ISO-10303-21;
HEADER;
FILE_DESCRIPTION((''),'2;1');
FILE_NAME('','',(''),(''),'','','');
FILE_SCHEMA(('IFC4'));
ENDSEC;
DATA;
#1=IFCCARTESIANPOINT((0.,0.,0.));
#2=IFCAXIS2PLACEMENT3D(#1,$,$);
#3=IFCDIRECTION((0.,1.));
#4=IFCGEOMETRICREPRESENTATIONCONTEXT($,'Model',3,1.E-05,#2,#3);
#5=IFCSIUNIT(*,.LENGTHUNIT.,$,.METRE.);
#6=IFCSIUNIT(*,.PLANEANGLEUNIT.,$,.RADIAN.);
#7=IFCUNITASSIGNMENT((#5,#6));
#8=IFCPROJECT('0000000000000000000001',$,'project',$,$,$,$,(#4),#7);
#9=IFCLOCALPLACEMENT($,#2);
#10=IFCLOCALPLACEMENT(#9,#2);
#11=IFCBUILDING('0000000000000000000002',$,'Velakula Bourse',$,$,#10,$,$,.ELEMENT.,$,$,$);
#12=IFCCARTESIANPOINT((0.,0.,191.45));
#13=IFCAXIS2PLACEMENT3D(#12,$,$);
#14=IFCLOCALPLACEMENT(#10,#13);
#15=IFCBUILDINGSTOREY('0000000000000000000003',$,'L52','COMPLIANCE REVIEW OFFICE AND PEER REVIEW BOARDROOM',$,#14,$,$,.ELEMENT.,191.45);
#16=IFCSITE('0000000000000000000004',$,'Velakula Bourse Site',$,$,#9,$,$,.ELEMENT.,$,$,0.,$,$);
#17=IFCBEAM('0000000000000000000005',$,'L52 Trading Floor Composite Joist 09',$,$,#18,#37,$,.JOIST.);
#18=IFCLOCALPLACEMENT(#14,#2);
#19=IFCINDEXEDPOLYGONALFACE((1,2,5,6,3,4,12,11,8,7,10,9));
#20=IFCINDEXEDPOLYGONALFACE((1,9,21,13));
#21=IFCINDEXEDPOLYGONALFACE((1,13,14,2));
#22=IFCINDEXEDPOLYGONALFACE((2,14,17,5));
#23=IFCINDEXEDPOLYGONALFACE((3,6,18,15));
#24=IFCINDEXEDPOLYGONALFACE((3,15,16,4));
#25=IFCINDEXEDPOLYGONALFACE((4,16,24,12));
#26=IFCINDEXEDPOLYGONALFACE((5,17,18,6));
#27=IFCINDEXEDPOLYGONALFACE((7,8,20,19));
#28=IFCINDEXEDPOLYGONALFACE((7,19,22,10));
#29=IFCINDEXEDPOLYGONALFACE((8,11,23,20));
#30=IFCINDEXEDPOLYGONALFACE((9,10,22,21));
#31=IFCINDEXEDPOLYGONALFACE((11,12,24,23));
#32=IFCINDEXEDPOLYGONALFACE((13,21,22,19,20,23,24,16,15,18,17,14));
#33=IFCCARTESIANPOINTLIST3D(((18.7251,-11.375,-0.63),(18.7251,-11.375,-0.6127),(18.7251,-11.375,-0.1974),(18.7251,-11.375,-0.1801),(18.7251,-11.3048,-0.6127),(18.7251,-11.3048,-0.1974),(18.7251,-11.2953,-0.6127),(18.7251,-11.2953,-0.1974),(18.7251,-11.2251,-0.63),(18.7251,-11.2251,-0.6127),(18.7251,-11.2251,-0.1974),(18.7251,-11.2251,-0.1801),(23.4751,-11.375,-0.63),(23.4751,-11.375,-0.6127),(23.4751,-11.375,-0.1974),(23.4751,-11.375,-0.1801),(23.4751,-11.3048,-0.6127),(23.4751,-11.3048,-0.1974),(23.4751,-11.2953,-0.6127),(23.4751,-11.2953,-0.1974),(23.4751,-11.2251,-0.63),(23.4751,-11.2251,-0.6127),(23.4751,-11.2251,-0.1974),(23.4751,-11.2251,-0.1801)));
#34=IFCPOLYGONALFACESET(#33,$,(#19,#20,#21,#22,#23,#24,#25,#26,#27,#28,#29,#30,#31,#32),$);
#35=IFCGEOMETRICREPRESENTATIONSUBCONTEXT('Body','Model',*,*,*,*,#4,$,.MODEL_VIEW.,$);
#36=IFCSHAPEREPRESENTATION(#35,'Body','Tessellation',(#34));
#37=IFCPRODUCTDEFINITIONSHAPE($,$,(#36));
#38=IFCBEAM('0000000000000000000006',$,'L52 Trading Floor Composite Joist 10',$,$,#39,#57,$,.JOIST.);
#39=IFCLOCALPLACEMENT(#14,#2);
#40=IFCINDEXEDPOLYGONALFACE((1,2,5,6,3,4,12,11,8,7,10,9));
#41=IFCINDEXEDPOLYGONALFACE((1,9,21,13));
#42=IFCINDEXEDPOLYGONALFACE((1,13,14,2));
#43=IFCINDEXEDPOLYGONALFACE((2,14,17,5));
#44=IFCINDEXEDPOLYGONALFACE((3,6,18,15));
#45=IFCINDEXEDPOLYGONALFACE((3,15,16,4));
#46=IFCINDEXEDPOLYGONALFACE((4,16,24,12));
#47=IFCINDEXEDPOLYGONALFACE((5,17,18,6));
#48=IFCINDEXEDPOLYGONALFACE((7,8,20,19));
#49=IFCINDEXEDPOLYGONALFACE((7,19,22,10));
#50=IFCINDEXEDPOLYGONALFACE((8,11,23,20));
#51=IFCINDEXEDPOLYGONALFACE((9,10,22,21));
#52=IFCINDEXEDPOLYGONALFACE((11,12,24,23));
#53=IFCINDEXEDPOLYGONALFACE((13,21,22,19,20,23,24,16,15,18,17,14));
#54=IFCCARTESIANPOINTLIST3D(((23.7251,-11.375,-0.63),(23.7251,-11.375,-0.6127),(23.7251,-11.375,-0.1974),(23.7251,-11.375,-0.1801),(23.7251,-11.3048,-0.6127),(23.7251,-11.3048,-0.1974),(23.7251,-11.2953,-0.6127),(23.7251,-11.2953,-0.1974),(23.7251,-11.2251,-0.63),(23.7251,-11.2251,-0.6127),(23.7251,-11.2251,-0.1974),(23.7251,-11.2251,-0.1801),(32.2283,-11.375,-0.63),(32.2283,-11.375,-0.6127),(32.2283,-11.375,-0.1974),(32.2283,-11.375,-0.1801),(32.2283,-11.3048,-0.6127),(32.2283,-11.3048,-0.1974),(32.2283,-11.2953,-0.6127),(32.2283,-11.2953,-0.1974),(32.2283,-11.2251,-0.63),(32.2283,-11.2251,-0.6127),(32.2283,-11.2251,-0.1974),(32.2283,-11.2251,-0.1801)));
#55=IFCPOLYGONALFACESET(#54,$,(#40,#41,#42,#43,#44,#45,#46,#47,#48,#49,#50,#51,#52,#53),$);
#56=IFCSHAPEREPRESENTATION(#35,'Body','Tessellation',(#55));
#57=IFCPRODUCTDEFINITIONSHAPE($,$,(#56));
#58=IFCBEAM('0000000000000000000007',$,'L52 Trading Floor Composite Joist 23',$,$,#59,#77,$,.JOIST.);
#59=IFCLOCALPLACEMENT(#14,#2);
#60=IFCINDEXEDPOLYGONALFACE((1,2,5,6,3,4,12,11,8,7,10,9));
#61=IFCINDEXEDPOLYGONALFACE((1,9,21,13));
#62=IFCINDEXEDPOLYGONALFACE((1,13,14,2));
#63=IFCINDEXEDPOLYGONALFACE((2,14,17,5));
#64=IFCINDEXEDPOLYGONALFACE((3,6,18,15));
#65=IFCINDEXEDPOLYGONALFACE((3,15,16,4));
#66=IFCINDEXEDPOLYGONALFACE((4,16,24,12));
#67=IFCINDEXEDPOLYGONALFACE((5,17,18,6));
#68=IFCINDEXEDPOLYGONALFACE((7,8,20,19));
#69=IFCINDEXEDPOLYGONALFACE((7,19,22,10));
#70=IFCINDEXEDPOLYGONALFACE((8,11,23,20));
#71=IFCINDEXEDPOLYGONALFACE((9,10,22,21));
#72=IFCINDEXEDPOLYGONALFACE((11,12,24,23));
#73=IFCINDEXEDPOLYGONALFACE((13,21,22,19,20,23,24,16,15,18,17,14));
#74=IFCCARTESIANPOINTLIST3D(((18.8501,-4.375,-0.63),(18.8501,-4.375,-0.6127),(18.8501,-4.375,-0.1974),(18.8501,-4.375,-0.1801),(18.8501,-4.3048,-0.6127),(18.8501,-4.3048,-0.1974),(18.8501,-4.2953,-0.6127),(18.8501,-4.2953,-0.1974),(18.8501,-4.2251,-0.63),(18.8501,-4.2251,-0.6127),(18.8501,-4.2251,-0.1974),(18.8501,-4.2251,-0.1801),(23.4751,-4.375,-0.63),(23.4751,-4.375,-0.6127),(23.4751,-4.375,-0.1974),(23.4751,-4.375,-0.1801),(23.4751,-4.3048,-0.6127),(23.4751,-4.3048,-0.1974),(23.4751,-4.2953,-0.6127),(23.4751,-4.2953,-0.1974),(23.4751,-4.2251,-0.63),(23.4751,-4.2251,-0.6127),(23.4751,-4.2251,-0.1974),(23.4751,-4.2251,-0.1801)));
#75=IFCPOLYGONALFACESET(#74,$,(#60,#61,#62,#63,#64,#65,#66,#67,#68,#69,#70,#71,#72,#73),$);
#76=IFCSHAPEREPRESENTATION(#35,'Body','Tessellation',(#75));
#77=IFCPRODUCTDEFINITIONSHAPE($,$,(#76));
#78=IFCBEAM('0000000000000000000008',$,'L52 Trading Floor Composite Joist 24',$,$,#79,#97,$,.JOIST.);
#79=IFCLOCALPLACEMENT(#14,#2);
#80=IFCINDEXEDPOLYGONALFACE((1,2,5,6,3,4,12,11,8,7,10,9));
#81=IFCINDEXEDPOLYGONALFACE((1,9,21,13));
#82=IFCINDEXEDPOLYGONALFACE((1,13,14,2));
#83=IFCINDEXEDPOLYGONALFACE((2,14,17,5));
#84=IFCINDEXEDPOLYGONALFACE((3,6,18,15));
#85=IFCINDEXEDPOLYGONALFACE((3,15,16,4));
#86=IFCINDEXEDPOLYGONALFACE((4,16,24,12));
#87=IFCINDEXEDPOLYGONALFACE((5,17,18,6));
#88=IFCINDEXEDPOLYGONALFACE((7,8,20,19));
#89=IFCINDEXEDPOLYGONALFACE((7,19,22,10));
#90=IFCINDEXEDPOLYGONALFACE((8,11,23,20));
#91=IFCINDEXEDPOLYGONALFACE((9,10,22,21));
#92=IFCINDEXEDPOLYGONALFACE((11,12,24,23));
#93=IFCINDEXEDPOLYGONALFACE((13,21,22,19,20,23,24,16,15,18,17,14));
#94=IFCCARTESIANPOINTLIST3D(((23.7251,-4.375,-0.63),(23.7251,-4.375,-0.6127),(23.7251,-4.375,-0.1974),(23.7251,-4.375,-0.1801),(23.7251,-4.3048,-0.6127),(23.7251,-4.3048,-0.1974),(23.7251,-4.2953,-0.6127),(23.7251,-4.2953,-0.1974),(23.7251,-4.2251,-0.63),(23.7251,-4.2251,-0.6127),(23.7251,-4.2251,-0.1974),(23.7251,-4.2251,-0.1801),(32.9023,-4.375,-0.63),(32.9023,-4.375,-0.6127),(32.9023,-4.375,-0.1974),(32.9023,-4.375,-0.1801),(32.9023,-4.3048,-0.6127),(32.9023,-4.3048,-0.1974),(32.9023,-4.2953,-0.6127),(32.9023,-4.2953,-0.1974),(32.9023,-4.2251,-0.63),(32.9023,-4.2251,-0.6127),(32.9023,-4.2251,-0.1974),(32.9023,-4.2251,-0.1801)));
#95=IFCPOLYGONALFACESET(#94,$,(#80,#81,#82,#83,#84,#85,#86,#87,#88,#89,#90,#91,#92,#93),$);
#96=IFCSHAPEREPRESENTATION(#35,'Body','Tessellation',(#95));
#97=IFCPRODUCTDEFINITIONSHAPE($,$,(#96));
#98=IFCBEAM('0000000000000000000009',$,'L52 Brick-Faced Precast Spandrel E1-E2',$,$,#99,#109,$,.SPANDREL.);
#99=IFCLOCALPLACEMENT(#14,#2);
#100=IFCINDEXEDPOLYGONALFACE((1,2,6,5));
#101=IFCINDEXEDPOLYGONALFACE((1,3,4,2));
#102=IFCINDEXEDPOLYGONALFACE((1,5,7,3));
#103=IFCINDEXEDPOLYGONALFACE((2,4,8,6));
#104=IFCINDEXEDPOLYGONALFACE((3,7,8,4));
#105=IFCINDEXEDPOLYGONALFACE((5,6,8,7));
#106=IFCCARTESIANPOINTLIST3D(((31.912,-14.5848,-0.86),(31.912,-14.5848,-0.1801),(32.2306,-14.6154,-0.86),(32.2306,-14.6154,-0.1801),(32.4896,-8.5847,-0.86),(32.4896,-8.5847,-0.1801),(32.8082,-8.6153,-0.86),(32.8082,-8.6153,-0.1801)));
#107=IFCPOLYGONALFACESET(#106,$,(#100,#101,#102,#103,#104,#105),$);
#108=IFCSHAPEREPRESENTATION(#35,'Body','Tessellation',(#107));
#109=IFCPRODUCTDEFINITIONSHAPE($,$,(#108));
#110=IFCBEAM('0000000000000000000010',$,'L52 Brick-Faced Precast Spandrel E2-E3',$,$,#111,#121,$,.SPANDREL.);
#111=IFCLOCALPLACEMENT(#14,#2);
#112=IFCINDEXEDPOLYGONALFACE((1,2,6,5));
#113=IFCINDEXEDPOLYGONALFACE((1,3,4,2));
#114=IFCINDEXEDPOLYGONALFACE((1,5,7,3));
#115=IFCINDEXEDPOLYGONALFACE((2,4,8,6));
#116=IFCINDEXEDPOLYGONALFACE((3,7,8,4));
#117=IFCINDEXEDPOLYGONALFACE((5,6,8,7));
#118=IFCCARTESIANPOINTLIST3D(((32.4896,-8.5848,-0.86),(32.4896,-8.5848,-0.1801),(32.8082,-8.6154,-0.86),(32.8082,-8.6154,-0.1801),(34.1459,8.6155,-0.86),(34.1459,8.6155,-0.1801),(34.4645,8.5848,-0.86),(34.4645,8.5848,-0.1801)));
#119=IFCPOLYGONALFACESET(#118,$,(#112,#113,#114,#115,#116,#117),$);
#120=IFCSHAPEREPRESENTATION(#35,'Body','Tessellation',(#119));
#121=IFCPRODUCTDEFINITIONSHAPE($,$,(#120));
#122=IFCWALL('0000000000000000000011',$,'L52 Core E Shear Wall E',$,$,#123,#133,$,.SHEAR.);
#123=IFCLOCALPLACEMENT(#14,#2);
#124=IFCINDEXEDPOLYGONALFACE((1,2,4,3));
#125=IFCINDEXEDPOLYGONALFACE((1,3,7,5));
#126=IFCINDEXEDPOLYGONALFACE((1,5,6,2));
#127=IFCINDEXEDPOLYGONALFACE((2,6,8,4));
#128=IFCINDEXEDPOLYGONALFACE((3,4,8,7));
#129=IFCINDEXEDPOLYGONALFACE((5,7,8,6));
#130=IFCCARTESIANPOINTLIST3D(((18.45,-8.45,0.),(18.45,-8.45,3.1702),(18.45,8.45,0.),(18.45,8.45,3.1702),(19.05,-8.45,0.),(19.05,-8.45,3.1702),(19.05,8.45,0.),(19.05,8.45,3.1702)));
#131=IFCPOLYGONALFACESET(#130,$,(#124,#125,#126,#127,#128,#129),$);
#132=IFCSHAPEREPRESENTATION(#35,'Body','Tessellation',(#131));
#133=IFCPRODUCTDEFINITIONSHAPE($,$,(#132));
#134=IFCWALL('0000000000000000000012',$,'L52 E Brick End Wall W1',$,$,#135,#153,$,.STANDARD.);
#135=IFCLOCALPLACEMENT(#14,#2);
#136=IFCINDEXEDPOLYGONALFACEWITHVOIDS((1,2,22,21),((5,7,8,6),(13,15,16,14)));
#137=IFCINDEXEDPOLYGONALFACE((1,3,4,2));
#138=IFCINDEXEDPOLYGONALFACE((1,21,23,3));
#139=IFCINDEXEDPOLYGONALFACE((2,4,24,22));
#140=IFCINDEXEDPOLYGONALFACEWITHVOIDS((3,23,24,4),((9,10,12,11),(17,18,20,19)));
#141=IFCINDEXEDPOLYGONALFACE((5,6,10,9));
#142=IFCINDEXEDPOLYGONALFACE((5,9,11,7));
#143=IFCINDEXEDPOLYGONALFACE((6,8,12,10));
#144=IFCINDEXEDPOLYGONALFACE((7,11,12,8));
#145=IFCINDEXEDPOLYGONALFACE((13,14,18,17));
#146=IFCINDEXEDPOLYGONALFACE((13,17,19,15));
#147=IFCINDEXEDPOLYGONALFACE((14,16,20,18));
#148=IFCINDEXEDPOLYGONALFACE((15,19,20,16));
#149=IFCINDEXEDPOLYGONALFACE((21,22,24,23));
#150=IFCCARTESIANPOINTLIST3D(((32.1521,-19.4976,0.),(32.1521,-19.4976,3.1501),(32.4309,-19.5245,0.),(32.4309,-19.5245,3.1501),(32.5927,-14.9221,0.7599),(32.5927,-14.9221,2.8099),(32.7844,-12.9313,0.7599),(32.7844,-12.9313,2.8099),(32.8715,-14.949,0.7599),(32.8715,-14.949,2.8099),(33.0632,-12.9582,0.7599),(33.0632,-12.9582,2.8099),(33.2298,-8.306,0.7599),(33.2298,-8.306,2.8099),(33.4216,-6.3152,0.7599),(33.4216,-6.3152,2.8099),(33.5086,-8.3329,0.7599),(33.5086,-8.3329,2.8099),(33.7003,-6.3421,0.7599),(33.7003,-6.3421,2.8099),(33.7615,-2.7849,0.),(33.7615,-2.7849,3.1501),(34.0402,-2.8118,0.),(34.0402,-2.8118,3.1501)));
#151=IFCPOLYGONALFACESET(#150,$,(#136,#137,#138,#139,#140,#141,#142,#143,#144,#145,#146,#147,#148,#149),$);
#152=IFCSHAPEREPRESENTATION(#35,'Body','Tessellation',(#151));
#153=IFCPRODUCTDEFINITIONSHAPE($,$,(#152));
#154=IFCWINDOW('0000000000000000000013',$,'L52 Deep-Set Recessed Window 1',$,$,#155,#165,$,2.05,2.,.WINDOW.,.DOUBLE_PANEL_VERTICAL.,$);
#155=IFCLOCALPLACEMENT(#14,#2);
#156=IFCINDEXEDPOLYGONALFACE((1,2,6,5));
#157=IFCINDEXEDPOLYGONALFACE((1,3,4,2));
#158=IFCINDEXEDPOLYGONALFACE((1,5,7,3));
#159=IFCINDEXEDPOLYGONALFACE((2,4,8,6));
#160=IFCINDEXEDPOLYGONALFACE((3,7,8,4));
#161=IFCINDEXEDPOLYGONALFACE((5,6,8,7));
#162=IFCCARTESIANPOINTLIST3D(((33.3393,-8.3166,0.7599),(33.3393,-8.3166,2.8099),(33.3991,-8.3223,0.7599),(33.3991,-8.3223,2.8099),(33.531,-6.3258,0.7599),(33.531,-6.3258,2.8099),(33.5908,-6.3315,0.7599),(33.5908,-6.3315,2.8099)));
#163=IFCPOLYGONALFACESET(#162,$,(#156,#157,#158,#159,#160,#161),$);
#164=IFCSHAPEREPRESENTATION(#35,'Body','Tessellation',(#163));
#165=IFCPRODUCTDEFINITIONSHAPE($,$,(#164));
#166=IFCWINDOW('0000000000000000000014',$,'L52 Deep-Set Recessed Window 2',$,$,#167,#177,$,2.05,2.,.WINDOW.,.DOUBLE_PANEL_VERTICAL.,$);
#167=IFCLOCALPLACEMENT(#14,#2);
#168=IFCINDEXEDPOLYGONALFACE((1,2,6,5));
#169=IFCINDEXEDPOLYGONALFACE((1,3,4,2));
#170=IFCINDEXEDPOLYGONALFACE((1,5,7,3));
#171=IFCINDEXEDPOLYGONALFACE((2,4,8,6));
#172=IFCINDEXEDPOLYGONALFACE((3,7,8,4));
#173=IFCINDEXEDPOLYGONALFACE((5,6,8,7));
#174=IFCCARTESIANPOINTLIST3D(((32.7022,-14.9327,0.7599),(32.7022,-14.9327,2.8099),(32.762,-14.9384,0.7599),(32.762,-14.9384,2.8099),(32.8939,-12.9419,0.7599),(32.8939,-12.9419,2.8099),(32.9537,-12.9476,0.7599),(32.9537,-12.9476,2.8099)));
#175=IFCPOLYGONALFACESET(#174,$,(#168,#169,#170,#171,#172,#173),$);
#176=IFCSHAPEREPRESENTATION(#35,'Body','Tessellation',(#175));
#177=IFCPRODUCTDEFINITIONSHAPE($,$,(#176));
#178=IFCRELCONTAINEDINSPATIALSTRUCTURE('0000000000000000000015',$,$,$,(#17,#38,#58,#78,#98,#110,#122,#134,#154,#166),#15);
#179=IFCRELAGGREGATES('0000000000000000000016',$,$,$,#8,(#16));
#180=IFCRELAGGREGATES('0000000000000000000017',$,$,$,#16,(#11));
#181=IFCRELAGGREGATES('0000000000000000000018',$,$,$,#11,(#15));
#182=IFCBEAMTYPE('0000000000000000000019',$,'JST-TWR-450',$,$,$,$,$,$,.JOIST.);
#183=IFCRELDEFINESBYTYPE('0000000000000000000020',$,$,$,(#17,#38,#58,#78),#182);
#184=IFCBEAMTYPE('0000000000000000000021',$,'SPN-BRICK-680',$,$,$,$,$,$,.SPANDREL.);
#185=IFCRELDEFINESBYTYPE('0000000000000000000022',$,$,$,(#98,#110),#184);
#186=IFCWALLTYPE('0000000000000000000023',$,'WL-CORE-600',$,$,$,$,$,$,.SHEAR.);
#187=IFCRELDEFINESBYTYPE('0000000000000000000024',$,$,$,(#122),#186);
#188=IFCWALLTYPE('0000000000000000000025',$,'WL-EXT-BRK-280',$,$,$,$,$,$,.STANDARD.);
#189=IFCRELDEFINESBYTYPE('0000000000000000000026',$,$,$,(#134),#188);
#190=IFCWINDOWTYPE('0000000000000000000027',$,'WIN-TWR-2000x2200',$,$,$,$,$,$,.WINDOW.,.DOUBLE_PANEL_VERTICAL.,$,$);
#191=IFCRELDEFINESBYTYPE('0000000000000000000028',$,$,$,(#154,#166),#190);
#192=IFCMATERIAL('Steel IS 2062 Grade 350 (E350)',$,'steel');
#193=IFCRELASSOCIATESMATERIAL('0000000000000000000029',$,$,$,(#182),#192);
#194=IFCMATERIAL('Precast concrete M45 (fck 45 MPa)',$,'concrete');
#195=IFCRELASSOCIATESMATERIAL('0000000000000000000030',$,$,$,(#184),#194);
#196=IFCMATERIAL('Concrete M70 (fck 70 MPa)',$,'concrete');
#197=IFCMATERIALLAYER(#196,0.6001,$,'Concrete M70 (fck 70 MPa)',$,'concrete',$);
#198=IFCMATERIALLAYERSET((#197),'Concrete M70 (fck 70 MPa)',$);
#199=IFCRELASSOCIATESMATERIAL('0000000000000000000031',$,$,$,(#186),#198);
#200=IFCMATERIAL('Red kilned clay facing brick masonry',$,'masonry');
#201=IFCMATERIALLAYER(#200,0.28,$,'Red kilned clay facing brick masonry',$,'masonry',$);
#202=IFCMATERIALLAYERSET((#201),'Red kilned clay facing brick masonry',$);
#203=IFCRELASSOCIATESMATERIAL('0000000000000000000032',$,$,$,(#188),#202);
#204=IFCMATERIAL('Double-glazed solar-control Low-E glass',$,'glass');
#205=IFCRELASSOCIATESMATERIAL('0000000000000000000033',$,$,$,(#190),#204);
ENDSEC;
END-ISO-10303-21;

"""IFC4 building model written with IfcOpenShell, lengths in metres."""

from ifc_helpers import new_model, si_unit, direction, frame, frame_2d, origin, origin_2d, place, context, subcontext, project, spatial, rectangle, i_section, extrude, material, layer, layer_set, material_profile, profile_set, type_object, element, fill, save


model = new_model("IFC4")

# Units and contexts
model_context = context("Model", 3, precision=1e-05, world=origin(), true_north=direction((0.0, 1.0)))
body_context = subcontext(model_context, "Body", "Model", "MODEL_VIEW")
ifc_project = project(units=[si_unit("LENGTHUNIT", "METRE"), si_unit("PLANEANGLEUNIT", "RADIAN")], contexts=[model_context])

# Site, building, storey
site_placement = place(None, origin())
site = spatial("IfcSite", under=ifc_project, at=site_placement, Name="Velakula Bourse Site", CompositionType="ELEMENT", RefElevation=0.0)
building_placement = place(site_placement, origin())
building = spatial("IfcBuilding", under=site, at=building_placement, Name="Velakula Bourse", CompositionType="ELEMENT")
storey_placement = place(building_placement, frame((0.0, 0.0, 191.45)))
storey = spatial("IfcBuildingStorey", under=building, at=storey_placement, Name="L52", Description="COMPLIANCE REVIEW OFFICE AND PEER REVIEW BOARDROOM", CompositionType="ELEMENT", Elevation=191.45)

# Shared definitions
ifc_material_1 = material(Name="Concrete M70 (fck 70 MPa)", Category="concrete")
ifc_material_2 = material(Name="Steel IS 2062 Grade 350 (E350)", Category="steel")

# Beams
ifc_material_profile_1 = material_profile(ifc_material_2, i_section(OverallWidth=0.1499, OverallDepth=0.45, WebThickness=0.0095, FlangeThickness=0.0173, at=origin_2d()), Name="Steel IS 2062 Grade 350 (E350)")
ifc_profile_set_1 = profile_set([ifc_material_profile_1], Name="Steel IS 2062 Grade 350 (E350)")
beam_type_1 = type_object("IfcBeamType", Name="JST-TWR-450", PredefinedType="JOIST", material=ifc_profile_set_1)
beam_1_placement = place(storey_placement, frame((18.7251, -11.3, -0.405), z_axis=(1.0, 0.0, 0.0), x_axis=(0.0, 1.0, 0.0)))
element("IfcBeam", 1, at=beam_1_placement, inside=storey, type_object=beam_type_1, Name="L52 Trading Floor Composite Joist 09", PredefinedType="JOIST", context=body_context, shape_type="SweptSolid", body=[
    extrude(i_section(OverallWidth=0.1499, OverallDepth=0.45, WebThickness=0.0095, FlangeThickness=0.0173, at=origin_2d()), origin(), (0.0, 0.0, 1.0), 4.75),
])
beam_2_placement = place(storey_placement, frame((23.7251, -11.3, -0.405), z_axis=(1.0, 0.0, 0.0), x_axis=(0.0, 1.0, 0.0)))
element("IfcBeam", 2, at=beam_2_placement, inside=storey, type_object=beam_type_1, Name="L52 Trading Floor Composite Joist 10", PredefinedType="JOIST", context=body_context, shape_type="SweptSolid", body=[
    extrude(i_section(OverallWidth=0.1499, OverallDepth=0.45, WebThickness=0.0095, FlangeThickness=0.0173, at=origin_2d()), origin(), (0.0, 0.0, 1.0), 8.5032),
])
beam_3_placement = place(storey_placement, frame((18.8501, -4.3, -0.405), z_axis=(1.0, 0.0, 0.0), x_axis=(0.0, 1.0, 0.0)))
element("IfcBeam", 3, at=beam_3_placement, inside=storey, type_object=beam_type_1, Name="L52 Trading Floor Composite Joist 23", PredefinedType="JOIST", context=body_context, shape_type="SweptSolid", body=[
    extrude(i_section(OverallWidth=0.1499, OverallDepth=0.45, WebThickness=0.0095, FlangeThickness=0.0173, at=origin_2d()), origin(), (0.0, 0.0, 1.0), 4.625),
])
beam_4_placement = place(storey_placement, frame((23.7251, -4.3, -0.405), z_axis=(1.0, 0.0, 0.0), x_axis=(0.0, 1.0, 0.0)))
element("IfcBeam", 4, at=beam_4_placement, inside=storey, type_object=beam_type_1, Name="L52 Trading Floor Composite Joist 24", PredefinedType="JOIST", context=body_context, shape_type="SweptSolid", body=[
    extrude(i_section(OverallWidth=0.1499, OverallDepth=0.45, WebThickness=0.0095, FlangeThickness=0.0173, at=origin_2d()), origin(), (0.0, 0.0, 1.0), 9.1772),
])
ifc_material_3 = material(Name="Precast concrete M45 (fck 45 MPa)", Category="concrete")
ifc_material_profile_2 = material_profile(ifc_material_3, rectangle(XDim=0.3201, YDim=0.6799, at=origin_2d()), Name="Precast concrete M45 (fck 45 MPa)")
ifc_profile_set_2 = profile_set([ifc_material_profile_2], Name="Precast concrete M45 (fck 45 MPa)")
beam_type_2 = type_object("IfcBeamType", Name="SPN-BRICK-680", PredefinedType="SPANDREL", material=ifc_profile_set_2)
beam_5_placement = place(storey_placement, frame((32.0713, -14.6001, -0.52), z_axis=(0.09583, 0.995398, 0.0), x_axis=(-0.995398, 0.09583, 0.0)))
element("IfcBeam", 5, at=beam_5_placement, inside=storey, type_object=beam_type_2, Name="L52 Brick-Faced Precast Spandrel E1-E2", PredefinedType="SPANDREL", context=body_context, shape_type="SweptSolid", body=[
    extrude(rectangle(XDim=0.3201, YDim=0.6799, at=origin_2d()), origin(), (0.0, 0.0, 1.0), 6.0278),
])
beam_6_placement = place(storey_placement, frame((32.6489, -8.6001, -0.52), z_axis=(0.095849, 0.995396, 0.0), x_axis=(-0.995396, 0.095849, 0.0)))
element("IfcBeam", 6, at=beam_6_placement, inside=storey, type_object=beam_type_2, Name="L52 Brick-Faced Precast Spandrel E2-E3", PredefinedType="SPANDREL", context=body_context, shape_type="SweptSolid", body=[
    extrude(rectangle(XDim=0.3201, YDim=0.6799, at=origin_2d()), origin(), (0.0, 0.0, 1.0), 17.2798),
])

# Wall
ifc_layer_1 = layer(ifc_material_1, 0.6001, Name="Concrete M70 (fck 70 MPa)", Category="concrete")
ifc_layer_set_1 = layer_set([ifc_layer_1], Name="Concrete M70 (fck 70 MPa)")
wall_type_1 = type_object("IfcWallType", Name="WL-CORE-600", PredefinedType="SHEAR", material=ifc_layer_set_1)
wall_1_placement = place(storey_placement, frame((18.75, -8.45, 0.0), z_axis=(0.0, 0.0, 1.0), x_axis=(0.0, 1.0, 0.0)))
element("IfcWall", 7, at=wall_1_placement, inside=storey, type_object=wall_type_1, Name="L52 Core E Shear Wall E", PredefinedType="SHEAR", context=body_context, shape_type="SweptSolid", body=[
    extrude(rectangle(XDim=16.8999, YDim=0.6001, at=frame_2d((8.45, 0.0))), origin(), (0.0, 0.0, 1.0), 3.1702),
])

# Wall, openings, windows
ifc_material_4 = material(Name="Red kilned clay facing brick masonry", Category="masonry")
ifc_layer_2 = layer(ifc_material_4, 0.28, Name="Red kilned clay facing brick masonry", Category="masonry")
ifc_layer_set_2 = layer_set([ifc_layer_2], Name="Red kilned clay facing brick masonry")
wall_type_2 = type_object("IfcWallType", Name="WL-EXT-BRK-280", PredefinedType="STANDARD", material=ifc_layer_set_2)
wall_2_placement = place(storey_placement, frame((33.9009, -2.7983, 0.0), z_axis=(0.0, 0.0, 1.0), x_axis=(-0.095853, -0.995395, 0.0)))
wall_2 = element("IfcWall", 8, at=wall_2_placement, inside=storey, type_object=wall_type_2, Name="L52 E Brick End Wall W1", PredefinedType="STANDARD", context=body_context, shape_type="SweptSolid", body=[
    extrude(rectangle(XDim=16.79, YDim=0.28, at=frame_2d((8.395, 0.0))), origin(), (0.0, 0.0, 1.0), 3.1501),
])
opening_1_placement = place(wall_2_placement, frame((3.5466, 0.0, 0.76)))
opening_1 = element("IfcOpeningElement", 9, at=opening_1_placement, cuts=wall_2, PredefinedType="OPENING", context=body_context, shape_type="SweptSolid", body=[
    extrude(rectangle(XDim=2.0, YDim=2.05, at=frame_2d((1.0, 1.0249))), frame((0.0, 0.1499, 0.0), z_axis=(0.0, -1.0, 0.0), x_axis=(1.0, 0.0, 0.0)), (0.0, 0.0, 1.0), 0.3),
])
opening_2_placement = place(wall_2_placement, frame((10.1934, 0.0, 0.76)))
opening_2 = element("IfcOpeningElement", 10, at=opening_2_placement, cuts=wall_2, PredefinedType="OPENING", context=body_context, shape_type="SweptSolid", body=[
    extrude(rectangle(XDim=2.0, YDim=2.05, at=frame_2d((1.0, 1.0249))), frame((0.0, 0.1499, 0.0), z_axis=(0.0, -1.0, 0.0), x_axis=(1.0, 0.0, 0.0)), (0.0, 0.0, 1.0), 0.3),
])
ifc_material_5 = material(Name="Double-glazed solar-control Low-E glass", Category="glass")
window_type = type_object("IfcWindowType", Name="WIN-TWR-2000x2200", PartitioningType="DOUBLE_PANEL_VERTICAL", PredefinedType="WINDOW", material=ifc_material_5)
window_1_placement = place(opening_1_placement, origin())
window_1 = element("IfcWindow", 11, at=window_1_placement, inside=storey, type_object=window_type, Name="L52 Deep-Set Recessed Window 1", OverallHeight=2.05, OverallWidth=2.0, PartitioningType="DOUBLE_PANEL_VERTICAL", PredefinedType="WINDOW", context=body_context, shape_type="SweptSolid", body=[
    extrude(rectangle(XDim=2.0, YDim=2.05, at=frame_2d((1.0, 1.0249))), frame((0.0, 0.03, 0.0), z_axis=(0.0, -1.0, 0.0), x_axis=(1.0, 0.0, 0.0)), (0.0, 0.0, 1.0), 0.0601),
])
fill(opening_1, window_1)
window_2_placement = place(opening_2_placement, origin())
window_2 = element("IfcWindow", 12, at=window_2_placement, inside=storey, type_object=window_type, Name="L52 Deep-Set Recessed Window 2", OverallHeight=2.05, OverallWidth=2.0, PartitioningType="DOUBLE_PANEL_VERTICAL", PredefinedType="WINDOW", context=body_context, shape_type="SweptSolid", body=[
    extrude(rectangle(XDim=2.0, YDim=2.05, at=frame_2d((1.0, 1.0249))), frame((0.0, 0.03, 0.0), z_axis=(0.0, -1.0, 0.0), x_axis=(1.0, 0.0, 0.0)), (0.0, 0.0, 1.0), 0.0601),
])
fill(opening_2, window_2)

save(model, "model.ifc")
